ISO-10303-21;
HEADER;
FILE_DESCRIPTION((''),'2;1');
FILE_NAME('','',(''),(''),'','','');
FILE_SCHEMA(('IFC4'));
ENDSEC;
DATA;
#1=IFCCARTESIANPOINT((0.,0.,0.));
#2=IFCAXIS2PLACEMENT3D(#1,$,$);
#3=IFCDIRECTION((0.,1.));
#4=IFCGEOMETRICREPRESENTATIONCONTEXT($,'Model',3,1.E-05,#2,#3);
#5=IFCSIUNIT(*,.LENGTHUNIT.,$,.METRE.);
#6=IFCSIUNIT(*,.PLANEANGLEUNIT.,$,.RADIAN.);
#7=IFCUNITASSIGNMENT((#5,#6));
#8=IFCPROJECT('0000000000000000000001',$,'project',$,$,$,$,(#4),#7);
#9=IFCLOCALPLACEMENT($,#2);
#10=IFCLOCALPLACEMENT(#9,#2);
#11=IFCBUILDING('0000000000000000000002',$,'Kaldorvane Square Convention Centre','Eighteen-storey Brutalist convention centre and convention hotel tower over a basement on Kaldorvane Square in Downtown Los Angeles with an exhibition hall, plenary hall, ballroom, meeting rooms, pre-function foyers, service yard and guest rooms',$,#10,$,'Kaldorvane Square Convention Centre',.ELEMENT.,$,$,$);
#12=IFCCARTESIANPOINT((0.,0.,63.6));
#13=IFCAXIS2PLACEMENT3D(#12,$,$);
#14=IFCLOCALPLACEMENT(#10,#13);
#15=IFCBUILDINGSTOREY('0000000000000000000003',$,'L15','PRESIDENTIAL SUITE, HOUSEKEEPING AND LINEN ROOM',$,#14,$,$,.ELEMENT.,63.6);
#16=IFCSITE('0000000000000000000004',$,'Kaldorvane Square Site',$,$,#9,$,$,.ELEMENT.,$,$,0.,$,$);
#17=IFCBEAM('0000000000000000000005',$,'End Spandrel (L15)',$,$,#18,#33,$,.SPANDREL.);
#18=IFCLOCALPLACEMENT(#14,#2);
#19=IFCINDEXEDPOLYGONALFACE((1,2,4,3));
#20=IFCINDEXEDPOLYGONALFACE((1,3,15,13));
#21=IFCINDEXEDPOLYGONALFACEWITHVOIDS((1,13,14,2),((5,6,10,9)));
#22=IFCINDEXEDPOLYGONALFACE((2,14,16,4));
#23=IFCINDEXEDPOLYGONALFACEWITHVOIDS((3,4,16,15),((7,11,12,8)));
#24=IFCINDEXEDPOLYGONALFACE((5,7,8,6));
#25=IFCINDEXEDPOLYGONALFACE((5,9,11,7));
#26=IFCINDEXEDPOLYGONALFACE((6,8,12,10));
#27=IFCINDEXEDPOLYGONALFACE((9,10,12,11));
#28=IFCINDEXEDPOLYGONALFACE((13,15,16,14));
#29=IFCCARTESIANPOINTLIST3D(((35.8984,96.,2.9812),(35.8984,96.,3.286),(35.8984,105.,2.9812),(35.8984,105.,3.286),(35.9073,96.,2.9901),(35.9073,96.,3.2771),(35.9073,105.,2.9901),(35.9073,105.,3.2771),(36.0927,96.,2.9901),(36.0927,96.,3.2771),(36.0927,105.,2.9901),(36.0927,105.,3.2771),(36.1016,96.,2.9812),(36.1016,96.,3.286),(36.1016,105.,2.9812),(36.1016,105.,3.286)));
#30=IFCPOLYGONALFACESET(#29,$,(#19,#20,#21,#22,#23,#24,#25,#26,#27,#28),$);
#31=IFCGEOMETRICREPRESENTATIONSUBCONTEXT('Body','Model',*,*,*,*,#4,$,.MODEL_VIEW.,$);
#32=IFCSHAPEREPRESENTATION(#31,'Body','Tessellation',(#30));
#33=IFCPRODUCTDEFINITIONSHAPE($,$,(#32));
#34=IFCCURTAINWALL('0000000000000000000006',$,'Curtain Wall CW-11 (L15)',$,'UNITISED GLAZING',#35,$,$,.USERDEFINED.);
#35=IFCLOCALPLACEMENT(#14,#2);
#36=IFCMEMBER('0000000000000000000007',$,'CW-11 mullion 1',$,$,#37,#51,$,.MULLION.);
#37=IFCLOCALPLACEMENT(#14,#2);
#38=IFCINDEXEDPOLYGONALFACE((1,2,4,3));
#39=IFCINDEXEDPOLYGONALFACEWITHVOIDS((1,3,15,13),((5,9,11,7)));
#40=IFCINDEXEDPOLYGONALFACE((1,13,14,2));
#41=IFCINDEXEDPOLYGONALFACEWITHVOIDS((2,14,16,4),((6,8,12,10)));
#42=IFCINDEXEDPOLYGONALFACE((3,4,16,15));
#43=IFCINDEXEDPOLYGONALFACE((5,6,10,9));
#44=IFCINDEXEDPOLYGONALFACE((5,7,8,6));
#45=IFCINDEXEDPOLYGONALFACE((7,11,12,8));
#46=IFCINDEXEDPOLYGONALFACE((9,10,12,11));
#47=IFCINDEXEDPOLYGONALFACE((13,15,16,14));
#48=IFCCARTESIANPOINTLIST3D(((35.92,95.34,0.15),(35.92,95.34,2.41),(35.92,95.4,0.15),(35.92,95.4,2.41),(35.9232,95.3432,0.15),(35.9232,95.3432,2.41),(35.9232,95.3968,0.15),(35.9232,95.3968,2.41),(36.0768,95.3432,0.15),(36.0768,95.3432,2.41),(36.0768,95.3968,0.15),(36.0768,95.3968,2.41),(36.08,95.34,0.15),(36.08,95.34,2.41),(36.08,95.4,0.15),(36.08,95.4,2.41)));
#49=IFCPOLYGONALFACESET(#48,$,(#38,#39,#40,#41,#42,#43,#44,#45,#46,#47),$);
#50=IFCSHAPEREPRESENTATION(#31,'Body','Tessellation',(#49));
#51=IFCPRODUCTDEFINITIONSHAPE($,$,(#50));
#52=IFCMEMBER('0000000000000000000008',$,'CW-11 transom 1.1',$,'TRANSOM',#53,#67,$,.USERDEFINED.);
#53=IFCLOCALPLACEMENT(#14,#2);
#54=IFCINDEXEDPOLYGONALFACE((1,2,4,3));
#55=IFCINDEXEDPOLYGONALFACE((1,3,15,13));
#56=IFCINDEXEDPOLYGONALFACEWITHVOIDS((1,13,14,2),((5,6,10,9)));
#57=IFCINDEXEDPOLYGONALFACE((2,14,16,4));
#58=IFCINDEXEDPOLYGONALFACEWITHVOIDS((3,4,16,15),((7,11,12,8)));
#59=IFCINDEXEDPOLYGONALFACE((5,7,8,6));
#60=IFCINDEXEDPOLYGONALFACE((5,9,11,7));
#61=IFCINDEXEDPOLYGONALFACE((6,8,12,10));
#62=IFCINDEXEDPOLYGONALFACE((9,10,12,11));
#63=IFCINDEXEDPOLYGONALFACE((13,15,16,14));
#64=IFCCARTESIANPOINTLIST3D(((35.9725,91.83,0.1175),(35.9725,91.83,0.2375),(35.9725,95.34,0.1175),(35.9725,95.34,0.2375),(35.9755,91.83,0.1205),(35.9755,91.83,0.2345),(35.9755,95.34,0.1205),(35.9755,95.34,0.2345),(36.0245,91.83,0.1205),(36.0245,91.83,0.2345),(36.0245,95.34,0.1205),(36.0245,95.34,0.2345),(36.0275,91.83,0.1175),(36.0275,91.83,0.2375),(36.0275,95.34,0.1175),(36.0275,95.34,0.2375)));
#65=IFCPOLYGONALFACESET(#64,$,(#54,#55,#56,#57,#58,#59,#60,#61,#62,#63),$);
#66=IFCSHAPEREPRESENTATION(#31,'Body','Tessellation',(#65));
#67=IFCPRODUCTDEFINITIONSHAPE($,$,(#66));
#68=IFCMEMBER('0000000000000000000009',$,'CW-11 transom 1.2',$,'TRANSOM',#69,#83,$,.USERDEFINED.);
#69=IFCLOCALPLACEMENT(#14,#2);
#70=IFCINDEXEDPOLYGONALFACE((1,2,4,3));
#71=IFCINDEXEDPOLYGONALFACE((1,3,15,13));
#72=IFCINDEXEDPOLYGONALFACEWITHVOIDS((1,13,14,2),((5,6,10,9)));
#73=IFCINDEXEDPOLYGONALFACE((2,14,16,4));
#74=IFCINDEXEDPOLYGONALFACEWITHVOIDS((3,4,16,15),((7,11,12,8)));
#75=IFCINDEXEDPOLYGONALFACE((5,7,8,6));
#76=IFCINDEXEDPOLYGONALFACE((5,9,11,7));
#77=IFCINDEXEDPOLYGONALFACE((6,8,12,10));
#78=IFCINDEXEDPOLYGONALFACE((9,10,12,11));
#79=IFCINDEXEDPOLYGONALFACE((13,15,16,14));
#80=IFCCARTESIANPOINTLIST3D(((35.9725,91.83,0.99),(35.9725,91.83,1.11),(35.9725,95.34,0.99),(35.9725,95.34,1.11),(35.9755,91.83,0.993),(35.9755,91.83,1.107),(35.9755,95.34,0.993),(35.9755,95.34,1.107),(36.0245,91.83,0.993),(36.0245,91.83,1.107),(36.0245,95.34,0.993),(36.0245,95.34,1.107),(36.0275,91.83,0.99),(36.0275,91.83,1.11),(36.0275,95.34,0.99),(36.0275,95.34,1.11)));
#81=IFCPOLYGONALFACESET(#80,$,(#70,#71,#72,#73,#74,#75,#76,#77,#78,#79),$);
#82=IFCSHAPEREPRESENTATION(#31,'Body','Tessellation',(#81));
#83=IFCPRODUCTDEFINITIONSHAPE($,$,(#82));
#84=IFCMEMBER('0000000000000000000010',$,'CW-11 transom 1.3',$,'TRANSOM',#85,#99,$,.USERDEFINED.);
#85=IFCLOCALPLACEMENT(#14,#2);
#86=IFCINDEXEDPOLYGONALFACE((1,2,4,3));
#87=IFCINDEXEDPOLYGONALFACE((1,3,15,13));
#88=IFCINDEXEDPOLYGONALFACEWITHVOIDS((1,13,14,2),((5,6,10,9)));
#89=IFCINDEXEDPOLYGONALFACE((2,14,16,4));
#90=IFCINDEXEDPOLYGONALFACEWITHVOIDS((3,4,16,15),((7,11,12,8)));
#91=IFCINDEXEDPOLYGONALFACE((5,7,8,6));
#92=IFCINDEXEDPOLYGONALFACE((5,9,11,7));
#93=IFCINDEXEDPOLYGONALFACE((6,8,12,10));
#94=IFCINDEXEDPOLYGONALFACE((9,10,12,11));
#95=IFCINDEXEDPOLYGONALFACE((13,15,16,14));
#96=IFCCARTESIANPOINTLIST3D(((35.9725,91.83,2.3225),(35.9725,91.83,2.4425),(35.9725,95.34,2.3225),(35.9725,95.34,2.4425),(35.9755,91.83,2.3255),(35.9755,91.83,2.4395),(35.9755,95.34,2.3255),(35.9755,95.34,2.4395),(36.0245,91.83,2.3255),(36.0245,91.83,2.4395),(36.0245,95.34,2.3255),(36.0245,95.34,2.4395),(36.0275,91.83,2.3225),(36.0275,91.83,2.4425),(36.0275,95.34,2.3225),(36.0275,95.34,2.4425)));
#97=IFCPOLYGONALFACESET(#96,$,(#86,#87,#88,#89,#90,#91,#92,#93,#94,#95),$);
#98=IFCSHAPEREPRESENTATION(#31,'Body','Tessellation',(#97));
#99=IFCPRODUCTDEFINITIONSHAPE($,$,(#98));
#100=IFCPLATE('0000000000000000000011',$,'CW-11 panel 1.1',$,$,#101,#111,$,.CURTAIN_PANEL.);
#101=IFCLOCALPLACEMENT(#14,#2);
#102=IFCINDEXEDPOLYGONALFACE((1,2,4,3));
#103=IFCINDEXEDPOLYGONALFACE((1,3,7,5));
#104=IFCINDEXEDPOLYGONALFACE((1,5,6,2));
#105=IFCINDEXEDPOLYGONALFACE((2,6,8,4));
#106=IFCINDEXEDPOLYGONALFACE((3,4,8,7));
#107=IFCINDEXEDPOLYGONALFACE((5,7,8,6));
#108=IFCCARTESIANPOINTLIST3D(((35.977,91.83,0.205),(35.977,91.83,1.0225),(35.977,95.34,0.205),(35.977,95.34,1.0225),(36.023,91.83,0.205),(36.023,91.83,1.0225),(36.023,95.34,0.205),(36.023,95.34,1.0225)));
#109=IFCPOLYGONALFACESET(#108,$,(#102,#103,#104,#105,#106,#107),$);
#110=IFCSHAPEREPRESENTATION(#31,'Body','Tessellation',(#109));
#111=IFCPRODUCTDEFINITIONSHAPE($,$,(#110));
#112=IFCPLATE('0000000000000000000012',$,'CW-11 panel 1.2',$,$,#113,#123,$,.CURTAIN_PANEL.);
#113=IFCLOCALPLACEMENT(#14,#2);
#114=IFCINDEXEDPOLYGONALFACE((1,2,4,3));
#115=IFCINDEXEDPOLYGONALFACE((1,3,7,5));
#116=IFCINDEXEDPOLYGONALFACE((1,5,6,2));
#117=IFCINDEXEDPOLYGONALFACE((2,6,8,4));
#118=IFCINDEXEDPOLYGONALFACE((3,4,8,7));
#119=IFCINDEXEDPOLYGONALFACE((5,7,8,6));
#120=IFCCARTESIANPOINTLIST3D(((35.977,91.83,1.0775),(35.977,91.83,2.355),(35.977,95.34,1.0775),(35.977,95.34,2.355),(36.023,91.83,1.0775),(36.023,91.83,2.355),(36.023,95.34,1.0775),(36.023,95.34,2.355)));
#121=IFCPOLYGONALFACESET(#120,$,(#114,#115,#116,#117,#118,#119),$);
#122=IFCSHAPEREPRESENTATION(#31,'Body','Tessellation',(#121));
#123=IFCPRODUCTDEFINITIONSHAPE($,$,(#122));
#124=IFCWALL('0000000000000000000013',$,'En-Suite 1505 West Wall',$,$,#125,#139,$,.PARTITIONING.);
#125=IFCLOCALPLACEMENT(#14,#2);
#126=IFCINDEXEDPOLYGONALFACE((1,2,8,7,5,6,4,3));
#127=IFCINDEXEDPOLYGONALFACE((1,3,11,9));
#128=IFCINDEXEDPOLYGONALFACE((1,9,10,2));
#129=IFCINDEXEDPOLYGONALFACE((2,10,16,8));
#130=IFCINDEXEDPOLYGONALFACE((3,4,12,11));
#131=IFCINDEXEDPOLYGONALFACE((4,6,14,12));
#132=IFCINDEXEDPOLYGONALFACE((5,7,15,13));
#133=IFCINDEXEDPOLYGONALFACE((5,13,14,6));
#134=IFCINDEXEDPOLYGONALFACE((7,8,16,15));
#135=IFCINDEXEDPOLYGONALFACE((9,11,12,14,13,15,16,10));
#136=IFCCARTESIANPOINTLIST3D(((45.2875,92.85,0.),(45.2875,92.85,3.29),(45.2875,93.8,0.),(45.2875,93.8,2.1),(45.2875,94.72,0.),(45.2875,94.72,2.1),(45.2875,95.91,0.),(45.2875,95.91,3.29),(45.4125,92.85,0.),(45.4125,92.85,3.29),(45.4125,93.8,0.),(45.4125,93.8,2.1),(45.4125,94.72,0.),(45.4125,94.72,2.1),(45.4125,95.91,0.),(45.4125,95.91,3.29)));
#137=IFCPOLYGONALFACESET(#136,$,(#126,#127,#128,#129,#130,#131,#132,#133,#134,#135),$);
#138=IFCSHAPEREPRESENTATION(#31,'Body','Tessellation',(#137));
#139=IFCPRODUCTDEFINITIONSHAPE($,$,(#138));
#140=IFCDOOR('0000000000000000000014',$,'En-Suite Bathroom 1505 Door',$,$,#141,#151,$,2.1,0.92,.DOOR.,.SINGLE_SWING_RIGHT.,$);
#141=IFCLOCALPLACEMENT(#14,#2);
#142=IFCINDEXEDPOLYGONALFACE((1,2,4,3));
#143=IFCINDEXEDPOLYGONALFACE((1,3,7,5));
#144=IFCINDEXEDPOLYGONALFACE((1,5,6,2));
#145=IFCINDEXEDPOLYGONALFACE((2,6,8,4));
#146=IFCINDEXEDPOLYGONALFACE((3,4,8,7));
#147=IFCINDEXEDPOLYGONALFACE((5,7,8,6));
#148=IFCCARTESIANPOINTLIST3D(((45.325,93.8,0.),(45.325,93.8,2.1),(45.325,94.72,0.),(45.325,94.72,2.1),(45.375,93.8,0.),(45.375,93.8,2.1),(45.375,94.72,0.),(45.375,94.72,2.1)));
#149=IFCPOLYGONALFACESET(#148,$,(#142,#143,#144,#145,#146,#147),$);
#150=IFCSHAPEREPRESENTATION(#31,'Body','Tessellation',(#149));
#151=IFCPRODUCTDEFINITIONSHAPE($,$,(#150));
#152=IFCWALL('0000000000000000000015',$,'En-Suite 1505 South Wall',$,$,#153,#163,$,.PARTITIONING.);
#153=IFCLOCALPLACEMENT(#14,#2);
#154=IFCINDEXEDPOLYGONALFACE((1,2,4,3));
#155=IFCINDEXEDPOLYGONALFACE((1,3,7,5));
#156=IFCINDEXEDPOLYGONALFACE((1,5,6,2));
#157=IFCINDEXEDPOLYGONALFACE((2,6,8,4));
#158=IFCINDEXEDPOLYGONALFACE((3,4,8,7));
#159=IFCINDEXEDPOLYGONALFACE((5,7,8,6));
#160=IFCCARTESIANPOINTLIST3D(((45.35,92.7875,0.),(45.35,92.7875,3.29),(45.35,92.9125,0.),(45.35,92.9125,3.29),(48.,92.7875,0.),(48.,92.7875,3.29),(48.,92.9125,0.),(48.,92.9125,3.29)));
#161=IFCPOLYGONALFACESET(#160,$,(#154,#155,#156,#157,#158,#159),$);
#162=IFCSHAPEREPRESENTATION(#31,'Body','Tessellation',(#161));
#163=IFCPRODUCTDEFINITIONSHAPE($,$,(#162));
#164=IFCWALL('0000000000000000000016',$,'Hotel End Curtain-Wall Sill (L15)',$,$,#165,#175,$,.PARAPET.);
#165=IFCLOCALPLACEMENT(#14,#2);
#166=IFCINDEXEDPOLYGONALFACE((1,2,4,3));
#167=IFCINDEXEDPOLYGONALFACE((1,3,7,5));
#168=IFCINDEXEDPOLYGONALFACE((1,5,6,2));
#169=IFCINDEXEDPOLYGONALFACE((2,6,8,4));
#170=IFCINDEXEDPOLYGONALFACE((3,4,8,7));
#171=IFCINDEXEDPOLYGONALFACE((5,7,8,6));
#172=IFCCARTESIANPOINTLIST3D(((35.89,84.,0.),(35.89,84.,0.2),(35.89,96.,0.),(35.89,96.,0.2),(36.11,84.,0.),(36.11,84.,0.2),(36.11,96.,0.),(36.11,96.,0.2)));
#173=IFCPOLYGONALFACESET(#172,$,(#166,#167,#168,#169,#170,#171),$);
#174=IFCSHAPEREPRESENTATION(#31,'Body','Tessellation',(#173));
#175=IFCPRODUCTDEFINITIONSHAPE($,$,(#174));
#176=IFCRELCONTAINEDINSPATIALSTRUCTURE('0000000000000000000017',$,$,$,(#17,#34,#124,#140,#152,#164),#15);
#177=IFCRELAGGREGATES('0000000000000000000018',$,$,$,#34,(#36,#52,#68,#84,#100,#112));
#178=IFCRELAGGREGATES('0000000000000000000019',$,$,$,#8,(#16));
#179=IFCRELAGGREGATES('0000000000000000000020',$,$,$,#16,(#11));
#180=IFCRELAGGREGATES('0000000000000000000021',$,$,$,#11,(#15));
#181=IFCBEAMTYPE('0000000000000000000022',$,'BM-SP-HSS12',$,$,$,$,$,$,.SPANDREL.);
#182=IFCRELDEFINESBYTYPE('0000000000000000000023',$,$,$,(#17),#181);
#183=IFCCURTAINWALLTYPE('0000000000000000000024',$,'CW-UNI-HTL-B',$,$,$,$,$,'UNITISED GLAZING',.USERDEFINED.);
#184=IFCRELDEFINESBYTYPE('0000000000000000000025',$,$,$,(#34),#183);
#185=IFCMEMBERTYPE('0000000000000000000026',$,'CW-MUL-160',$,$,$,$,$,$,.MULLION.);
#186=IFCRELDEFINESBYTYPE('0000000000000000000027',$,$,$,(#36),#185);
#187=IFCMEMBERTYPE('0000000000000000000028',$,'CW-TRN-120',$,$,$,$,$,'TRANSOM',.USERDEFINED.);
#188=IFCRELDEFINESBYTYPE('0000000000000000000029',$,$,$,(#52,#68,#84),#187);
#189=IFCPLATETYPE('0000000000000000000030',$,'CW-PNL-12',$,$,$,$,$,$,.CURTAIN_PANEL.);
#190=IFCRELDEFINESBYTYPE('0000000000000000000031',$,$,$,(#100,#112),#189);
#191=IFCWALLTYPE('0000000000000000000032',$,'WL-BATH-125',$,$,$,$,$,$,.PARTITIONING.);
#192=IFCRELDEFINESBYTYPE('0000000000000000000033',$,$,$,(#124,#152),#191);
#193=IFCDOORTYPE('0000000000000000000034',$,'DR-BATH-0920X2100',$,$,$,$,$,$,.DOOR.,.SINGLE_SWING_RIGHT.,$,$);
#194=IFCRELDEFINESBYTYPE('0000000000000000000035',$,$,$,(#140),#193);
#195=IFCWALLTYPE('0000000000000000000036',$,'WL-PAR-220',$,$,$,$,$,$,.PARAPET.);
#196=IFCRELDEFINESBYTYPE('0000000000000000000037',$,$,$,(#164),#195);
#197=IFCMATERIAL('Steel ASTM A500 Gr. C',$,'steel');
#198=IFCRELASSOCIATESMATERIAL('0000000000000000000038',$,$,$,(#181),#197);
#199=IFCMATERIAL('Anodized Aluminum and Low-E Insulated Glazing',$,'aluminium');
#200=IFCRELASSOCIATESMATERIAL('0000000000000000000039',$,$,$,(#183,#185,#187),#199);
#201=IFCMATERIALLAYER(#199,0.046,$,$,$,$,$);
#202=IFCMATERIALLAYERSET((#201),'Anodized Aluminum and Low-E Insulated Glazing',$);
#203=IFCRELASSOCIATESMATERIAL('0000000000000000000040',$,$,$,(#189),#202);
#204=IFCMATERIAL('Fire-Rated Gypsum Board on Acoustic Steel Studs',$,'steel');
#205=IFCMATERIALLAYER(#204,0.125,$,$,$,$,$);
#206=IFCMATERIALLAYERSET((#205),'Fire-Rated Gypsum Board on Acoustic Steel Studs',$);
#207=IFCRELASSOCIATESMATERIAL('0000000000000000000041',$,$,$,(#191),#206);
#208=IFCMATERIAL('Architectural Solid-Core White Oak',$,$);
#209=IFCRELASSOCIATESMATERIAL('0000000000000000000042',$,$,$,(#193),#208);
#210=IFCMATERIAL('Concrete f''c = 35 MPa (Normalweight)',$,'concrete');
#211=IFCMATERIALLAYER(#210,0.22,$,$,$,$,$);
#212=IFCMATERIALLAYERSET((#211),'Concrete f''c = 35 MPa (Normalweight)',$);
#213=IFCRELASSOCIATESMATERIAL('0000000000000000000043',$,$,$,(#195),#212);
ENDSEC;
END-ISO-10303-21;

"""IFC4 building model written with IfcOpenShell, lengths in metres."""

from ifc_helpers import new_model, si_unit, direction, frame, frame_2d, origin, origin_2d, place, context, subcontext, project, spatial, rectangle, hollow_rectangle, extrude, material, layer, layer_set, material_profile, profile_set, type_object, element, fill, aggregate, save


model = new_model("IFC4")

# Units and contexts
model_context = context("Model", 3, precision=1e-05, world=origin(), true_north=direction((0.0, 1.0)))
body_context = subcontext(model_context, "Body", "Model", "MODEL_VIEW")
ifc_project = project(units=[si_unit("LENGTHUNIT", "METRE"), si_unit("PLANEANGLEUNIT", "RADIAN")], contexts=[model_context])

# Site, building, storey
site_placement = place(None, origin())
site = spatial("IfcSite", under=ifc_project, at=site_placement, Name="Kaldorvane Square Site", CompositionType="ELEMENT", RefElevation=0.0)
building_placement = place(site_placement, origin())
building = spatial("IfcBuilding", under=site, at=building_placement, Name="Kaldorvane Square Convention Centre", Description="Eighteen-storey Brutalist convention centre and convention hotel tower over a basement on Kaldorvane Square in Downtown Los Angeles with an exhibition hall, plenary hall, ballroom, meeting rooms, pre-function foyers, service yard and guest rooms", LongName="Kaldorvane Square Convention Centre", CompositionType="ELEMENT")
storey_placement = place(building_placement, frame((0.0, 0.0, 63.6)))
storey = spatial("IfcBuildingStorey", under=building, at=storey_placement, Name="L15", Description="PRESIDENTIAL SUITE, HOUSEKEEPING AND LINEN ROOM", CompositionType="ELEMENT", Elevation=63.6)

# Beam
ifc_material_1 = material(Name="Steel ASTM A500 Gr. C", Category="steel")
ifc_material_profile_1 = material_profile(ifc_material_1, hollow_rectangle(XDim=0.2032, YDim=0.3048, WallThickness=0.0089, at=origin_2d()), Name="HSS12X8X3/8")
ifc_profile_set_1 = profile_set([ifc_material_profile_1], Name="Steel ASTM A500 Gr. C")
beam_type_1 = type_object("IfcBeamType", Name="BM-SP-HSS12", PredefinedType="SPANDREL", material=ifc_profile_set_1)
beam_1_placement = place(storey_placement, frame((36.0, 96.0, 3.1336), z_axis=(0.0, 1.0, 0.0), x_axis=(-1.0, 0.0, 0.0)))
element("IfcBeam", 1, at=beam_1_placement, inside=storey, type_object=beam_type_1, Name="End Spandrel (L15)", PredefinedType="SPANDREL", context=body_context, shape_type="SweptSolid", body=[
    extrude(hollow_rectangle(XDim=0.2032, YDim=0.3048, WallThickness=0.0089, at=origin_2d()), origin(), (0.0, 0.0, 1.0), 9.0),
])

# Curtain wall, members, plates
ifc_material_2 = material(Name="Anodized Aluminum and Low-E Insulated Glazing", Category="aluminium")
curtain_wall_type = type_object("IfcCurtainWallType", Name="CW-UNI-HTL-B", ElementType="UNITISED GLAZING", PredefinedType="USERDEFINED", material=ifc_material_2)
curtain_wall_placement = place(storey_placement, origin())
curtain_wall = element("IfcCurtainWall", 2, at=curtain_wall_placement, inside=storey, type_object=curtain_wall_type, Name="Curtain Wall CW-11 (L15)", ObjectType="UNITISED GLAZING", PredefinedType="USERDEFINED")
ifc_material_profile_2 = material_profile(ifc_material_2, hollow_rectangle(XDim=0.06, YDim=0.16, WallThickness=0.0032, at=origin_2d()), Name="CWM-160X60")
ifc_profile_set_2 = profile_set([ifc_material_profile_2], Name="Anodized Aluminum and Low-E Insulated Glazing")
member_type_1 = type_object("IfcMemberType", Name="CW-MUL-160", PredefinedType="MULLION", material=ifc_profile_set_2)
member_1_placement = place(storey_placement, frame((36.0, 95.37, 0.15), z_axis=(0.0, 0.0, 1.0), x_axis=(0.0, -1.0, 0.0)))
member_1 = element("IfcMember", 3, at=member_1_placement, type_object=member_type_1, Name="CW-11 mullion 1", PredefinedType="MULLION", context=body_context, shape_type="SweptSolid", body=[
    extrude(hollow_rectangle(XDim=0.06, YDim=0.16, WallThickness=0.0032, at=origin_2d()), origin(), (0.0, 0.0, 1.0), 2.26),
])
ifc_material_profile_3 = material_profile(ifc_material_2, hollow_rectangle(XDim=0.055, YDim=0.12, WallThickness=0.003, at=origin_2d()), Name="CWT-120X55")
ifc_profile_set_3 = profile_set([ifc_material_profile_3], Name="Anodized Aluminum and Low-E Insulated Glazing")
member_type_2 = type_object("IfcMemberType", Name="CW-TRN-120", ElementType="TRANSOM", PredefinedType="USERDEFINED", material=ifc_profile_set_3)
member_2_placement = place(storey_placement, frame((36.0, 95.34, 0.1775), z_axis=(0.0, -1.0, 0.0), x_axis=(1.0, 0.0, 0.0)))
member_2 = element("IfcMember", 4, at=member_2_placement, type_object=member_type_2, Name="CW-11 transom 1.1", ObjectType="TRANSOM", PredefinedType="USERDEFINED", context=body_context, shape_type="SweptSolid", body=[
    extrude(hollow_rectangle(XDim=0.055, YDim=0.12, WallThickness=0.003, at=origin_2d()), origin(), (0.0, 0.0, 1.0), 3.51),
])
member_3_placement = place(storey_placement, frame((36.0, 95.34, 1.05), z_axis=(0.0, -1.0, 0.0), x_axis=(1.0, 0.0, 0.0)))
member_3 = element("IfcMember", 5, at=member_3_placement, type_object=member_type_2, Name="CW-11 transom 1.2", ObjectType="TRANSOM", PredefinedType="USERDEFINED", context=body_context, shape_type="SweptSolid", body=[
    extrude(hollow_rectangle(XDim=0.055, YDim=0.12, WallThickness=0.003, at=origin_2d()), origin(), (0.0, 0.0, 1.0), 3.51),
])
member_4_placement = place(storey_placement, frame((36.0, 95.34, 2.3825), z_axis=(0.0, -1.0, 0.0), x_axis=(1.0, 0.0, 0.0)))
member_4 = element("IfcMember", 6, at=member_4_placement, type_object=member_type_2, Name="CW-11 transom 1.3", ObjectType="TRANSOM", PredefinedType="USERDEFINED", context=body_context, shape_type="SweptSolid", body=[
    extrude(hollow_rectangle(XDim=0.055, YDim=0.12, WallThickness=0.003, at=origin_2d()), origin(), (0.0, 0.0, 1.0), 3.51),
])
ifc_layer_1 = layer(ifc_material_2, 0.046)
ifc_layer_set_1 = layer_set([ifc_layer_1], Name="Anodized Aluminum and Low-E Insulated Glazing")
plate_type = type_object("IfcPlateType", Name="CW-PNL-12", PredefinedType="CURTAIN_PANEL", material=ifc_layer_set_1)
plate_1_placement = place(storey_placement, frame((36.0, 93.585, 0.205), z_axis=(0.0, 0.0, 1.0), x_axis=(0.0, -1.0, 0.0)))
plate_1 = element("IfcPlate", 7, at=plate_1_placement, type_object=plate_type, Name="CW-11 panel 1.1", PredefinedType="CURTAIN_PANEL", context=body_context, shape_type="SweptSolid", body=[
    extrude(rectangle(XDim=3.51, YDim=0.046, at=origin_2d()), origin(), (0.0, 0.0, 1.0), 0.8175),
])
plate_2_placement = place(storey_placement, frame((36.0, 93.585, 1.0775), z_axis=(0.0, 0.0, 1.0), x_axis=(0.0, -1.0, 0.0)))
plate_2 = element("IfcPlate", 8, at=plate_2_placement, type_object=plate_type, Name="CW-11 panel 1.2", PredefinedType="CURTAIN_PANEL", context=body_context, shape_type="SweptSolid", body=[
    extrude(rectangle(XDim=3.51, YDim=0.046, at=origin_2d()), origin(), (0.0, 0.0, 1.0), 1.2775),
])
aggregate(curtain_wall, [member_1, member_2, member_3, member_4, plate_1, plate_2])

# Wall, opening, door
ifc_material_3 = material(Name="Fire-Rated Gypsum Board on Acoustic Steel Studs", Category="steel")
ifc_layer_2 = layer(ifc_material_3, 0.125)
ifc_layer_set_2 = layer_set([ifc_layer_2], Name="Fire-Rated Gypsum Board on Acoustic Steel Studs")
wall_type_1 = type_object("IfcWallType", Name="WL-BATH-125", PredefinedType="PARTITIONING", material=ifc_layer_set_2)
wall_1_placement = place(storey_placement, frame((45.35, 92.85, 0.0), z_axis=(0.0, 0.0, 1.0), x_axis=(0.0, 1.0, 0.0)))
wall_1 = element("IfcWall", 9, at=wall_1_placement, inside=storey, type_object=wall_type_1, Name="En-Suite 1505 West Wall", PredefinedType="PARTITIONING", context=body_context, shape_type="SweptSolid", body=[
    extrude(rectangle(XDim=3.06, YDim=0.125, at=frame_2d((1.53, 0.0))), origin(), (0.0, 0.0, 1.0), 3.29),
])
opening_1_placement = place(wall_1_placement, frame((0.95, 0.0, 0.0)))
opening_1 = element("IfcOpeningElement", 10, at=opening_1_placement, cuts=wall_1, PredefinedType="OPENING", context=body_context, shape_type="SweptSolid", body=[
    extrude(rectangle(XDim=0.92, YDim=2.1, at=frame_2d((0.46, 1.05))), frame((0.0, 0.0775, 0.0), z_axis=(0.0, -1.0, 0.0), x_axis=(1.0, 0.0, 0.0)), (0.0, 0.0, 1.0), 0.155),
])
ifc_material_4 = material(Name="Architectural Solid-Core White Oak")
door_type_1 = type_object("IfcDoorType", Name="DR-BATH-0920X2100", OperationType="SINGLE_SWING_RIGHT", PredefinedType="DOOR", material=ifc_material_4)
door_1_placement = place(opening_1_placement, origin())
door_1 = element("IfcDoor", 11, at=door_1_placement, inside=storey, type_object=door_type_1, Name="En-Suite Bathroom 1505 Door", OperationType="SINGLE_SWING_RIGHT", OverallHeight=2.1, OverallWidth=0.92, PredefinedType="DOOR", context=body_context, shape_type="SweptSolid", body=[
    extrude(rectangle(XDim=0.92, YDim=2.1, at=frame_2d((0.46, 1.05))), frame((0.0, 0.025, 0.0), z_axis=(0.0, -1.0, 0.0), x_axis=(1.0, 0.0, 0.0)), (0.0, 0.0, 1.0), 0.05),
])
fill(opening_1, door_1)

# Walls
wall_2_placement = place(storey_placement, frame((45.35, 92.85, 0.0), z_axis=(0.0, 0.0, 1.0), x_axis=(1.0, 0.0, 0.0)))
element("IfcWall", 12, at=wall_2_placement, inside=storey, type_object=wall_type_1, Name="En-Suite 1505 South Wall", PredefinedType="PARTITIONING", context=body_context, shape_type="SweptSolid", body=[
    extrude(rectangle(XDim=2.65, YDim=0.125, at=frame_2d((1.325, 0.0))), origin(), (0.0, 0.0, 1.0), 3.29),
])
ifc_material_5 = material(Name="Concrete f'c = 35 MPa (Normalweight)", Category="concrete")
ifc_layer_3 = layer(ifc_material_5, 0.22)
ifc_layer_set_3 = layer_set([ifc_layer_3], Name="Concrete f'c = 35 MPa (Normalweight)")
wall_type_2 = type_object("IfcWallType", Name="WL-PAR-220", PredefinedType="PARAPET", material=ifc_layer_set_3)
wall_3_placement = place(storey_placement, frame((36.0, 96.0, 0.0), z_axis=(0.0, 0.0, 1.0), x_axis=(0.0, -1.0, 0.0)))
element("IfcWall", 13, at=wall_3_placement, inside=storey, type_object=wall_type_2, Name="Hotel End Curtain-Wall Sill (L15)", PredefinedType="PARAPET", context=body_context, shape_type="SweptSolid", body=[
    extrude(rectangle(XDim=12.0, YDim=0.22, at=frame_2d((6.0, 0.0))), origin(), (0.0, 0.0, 1.0), 0.2),
])

save(model, "model.ifc")
